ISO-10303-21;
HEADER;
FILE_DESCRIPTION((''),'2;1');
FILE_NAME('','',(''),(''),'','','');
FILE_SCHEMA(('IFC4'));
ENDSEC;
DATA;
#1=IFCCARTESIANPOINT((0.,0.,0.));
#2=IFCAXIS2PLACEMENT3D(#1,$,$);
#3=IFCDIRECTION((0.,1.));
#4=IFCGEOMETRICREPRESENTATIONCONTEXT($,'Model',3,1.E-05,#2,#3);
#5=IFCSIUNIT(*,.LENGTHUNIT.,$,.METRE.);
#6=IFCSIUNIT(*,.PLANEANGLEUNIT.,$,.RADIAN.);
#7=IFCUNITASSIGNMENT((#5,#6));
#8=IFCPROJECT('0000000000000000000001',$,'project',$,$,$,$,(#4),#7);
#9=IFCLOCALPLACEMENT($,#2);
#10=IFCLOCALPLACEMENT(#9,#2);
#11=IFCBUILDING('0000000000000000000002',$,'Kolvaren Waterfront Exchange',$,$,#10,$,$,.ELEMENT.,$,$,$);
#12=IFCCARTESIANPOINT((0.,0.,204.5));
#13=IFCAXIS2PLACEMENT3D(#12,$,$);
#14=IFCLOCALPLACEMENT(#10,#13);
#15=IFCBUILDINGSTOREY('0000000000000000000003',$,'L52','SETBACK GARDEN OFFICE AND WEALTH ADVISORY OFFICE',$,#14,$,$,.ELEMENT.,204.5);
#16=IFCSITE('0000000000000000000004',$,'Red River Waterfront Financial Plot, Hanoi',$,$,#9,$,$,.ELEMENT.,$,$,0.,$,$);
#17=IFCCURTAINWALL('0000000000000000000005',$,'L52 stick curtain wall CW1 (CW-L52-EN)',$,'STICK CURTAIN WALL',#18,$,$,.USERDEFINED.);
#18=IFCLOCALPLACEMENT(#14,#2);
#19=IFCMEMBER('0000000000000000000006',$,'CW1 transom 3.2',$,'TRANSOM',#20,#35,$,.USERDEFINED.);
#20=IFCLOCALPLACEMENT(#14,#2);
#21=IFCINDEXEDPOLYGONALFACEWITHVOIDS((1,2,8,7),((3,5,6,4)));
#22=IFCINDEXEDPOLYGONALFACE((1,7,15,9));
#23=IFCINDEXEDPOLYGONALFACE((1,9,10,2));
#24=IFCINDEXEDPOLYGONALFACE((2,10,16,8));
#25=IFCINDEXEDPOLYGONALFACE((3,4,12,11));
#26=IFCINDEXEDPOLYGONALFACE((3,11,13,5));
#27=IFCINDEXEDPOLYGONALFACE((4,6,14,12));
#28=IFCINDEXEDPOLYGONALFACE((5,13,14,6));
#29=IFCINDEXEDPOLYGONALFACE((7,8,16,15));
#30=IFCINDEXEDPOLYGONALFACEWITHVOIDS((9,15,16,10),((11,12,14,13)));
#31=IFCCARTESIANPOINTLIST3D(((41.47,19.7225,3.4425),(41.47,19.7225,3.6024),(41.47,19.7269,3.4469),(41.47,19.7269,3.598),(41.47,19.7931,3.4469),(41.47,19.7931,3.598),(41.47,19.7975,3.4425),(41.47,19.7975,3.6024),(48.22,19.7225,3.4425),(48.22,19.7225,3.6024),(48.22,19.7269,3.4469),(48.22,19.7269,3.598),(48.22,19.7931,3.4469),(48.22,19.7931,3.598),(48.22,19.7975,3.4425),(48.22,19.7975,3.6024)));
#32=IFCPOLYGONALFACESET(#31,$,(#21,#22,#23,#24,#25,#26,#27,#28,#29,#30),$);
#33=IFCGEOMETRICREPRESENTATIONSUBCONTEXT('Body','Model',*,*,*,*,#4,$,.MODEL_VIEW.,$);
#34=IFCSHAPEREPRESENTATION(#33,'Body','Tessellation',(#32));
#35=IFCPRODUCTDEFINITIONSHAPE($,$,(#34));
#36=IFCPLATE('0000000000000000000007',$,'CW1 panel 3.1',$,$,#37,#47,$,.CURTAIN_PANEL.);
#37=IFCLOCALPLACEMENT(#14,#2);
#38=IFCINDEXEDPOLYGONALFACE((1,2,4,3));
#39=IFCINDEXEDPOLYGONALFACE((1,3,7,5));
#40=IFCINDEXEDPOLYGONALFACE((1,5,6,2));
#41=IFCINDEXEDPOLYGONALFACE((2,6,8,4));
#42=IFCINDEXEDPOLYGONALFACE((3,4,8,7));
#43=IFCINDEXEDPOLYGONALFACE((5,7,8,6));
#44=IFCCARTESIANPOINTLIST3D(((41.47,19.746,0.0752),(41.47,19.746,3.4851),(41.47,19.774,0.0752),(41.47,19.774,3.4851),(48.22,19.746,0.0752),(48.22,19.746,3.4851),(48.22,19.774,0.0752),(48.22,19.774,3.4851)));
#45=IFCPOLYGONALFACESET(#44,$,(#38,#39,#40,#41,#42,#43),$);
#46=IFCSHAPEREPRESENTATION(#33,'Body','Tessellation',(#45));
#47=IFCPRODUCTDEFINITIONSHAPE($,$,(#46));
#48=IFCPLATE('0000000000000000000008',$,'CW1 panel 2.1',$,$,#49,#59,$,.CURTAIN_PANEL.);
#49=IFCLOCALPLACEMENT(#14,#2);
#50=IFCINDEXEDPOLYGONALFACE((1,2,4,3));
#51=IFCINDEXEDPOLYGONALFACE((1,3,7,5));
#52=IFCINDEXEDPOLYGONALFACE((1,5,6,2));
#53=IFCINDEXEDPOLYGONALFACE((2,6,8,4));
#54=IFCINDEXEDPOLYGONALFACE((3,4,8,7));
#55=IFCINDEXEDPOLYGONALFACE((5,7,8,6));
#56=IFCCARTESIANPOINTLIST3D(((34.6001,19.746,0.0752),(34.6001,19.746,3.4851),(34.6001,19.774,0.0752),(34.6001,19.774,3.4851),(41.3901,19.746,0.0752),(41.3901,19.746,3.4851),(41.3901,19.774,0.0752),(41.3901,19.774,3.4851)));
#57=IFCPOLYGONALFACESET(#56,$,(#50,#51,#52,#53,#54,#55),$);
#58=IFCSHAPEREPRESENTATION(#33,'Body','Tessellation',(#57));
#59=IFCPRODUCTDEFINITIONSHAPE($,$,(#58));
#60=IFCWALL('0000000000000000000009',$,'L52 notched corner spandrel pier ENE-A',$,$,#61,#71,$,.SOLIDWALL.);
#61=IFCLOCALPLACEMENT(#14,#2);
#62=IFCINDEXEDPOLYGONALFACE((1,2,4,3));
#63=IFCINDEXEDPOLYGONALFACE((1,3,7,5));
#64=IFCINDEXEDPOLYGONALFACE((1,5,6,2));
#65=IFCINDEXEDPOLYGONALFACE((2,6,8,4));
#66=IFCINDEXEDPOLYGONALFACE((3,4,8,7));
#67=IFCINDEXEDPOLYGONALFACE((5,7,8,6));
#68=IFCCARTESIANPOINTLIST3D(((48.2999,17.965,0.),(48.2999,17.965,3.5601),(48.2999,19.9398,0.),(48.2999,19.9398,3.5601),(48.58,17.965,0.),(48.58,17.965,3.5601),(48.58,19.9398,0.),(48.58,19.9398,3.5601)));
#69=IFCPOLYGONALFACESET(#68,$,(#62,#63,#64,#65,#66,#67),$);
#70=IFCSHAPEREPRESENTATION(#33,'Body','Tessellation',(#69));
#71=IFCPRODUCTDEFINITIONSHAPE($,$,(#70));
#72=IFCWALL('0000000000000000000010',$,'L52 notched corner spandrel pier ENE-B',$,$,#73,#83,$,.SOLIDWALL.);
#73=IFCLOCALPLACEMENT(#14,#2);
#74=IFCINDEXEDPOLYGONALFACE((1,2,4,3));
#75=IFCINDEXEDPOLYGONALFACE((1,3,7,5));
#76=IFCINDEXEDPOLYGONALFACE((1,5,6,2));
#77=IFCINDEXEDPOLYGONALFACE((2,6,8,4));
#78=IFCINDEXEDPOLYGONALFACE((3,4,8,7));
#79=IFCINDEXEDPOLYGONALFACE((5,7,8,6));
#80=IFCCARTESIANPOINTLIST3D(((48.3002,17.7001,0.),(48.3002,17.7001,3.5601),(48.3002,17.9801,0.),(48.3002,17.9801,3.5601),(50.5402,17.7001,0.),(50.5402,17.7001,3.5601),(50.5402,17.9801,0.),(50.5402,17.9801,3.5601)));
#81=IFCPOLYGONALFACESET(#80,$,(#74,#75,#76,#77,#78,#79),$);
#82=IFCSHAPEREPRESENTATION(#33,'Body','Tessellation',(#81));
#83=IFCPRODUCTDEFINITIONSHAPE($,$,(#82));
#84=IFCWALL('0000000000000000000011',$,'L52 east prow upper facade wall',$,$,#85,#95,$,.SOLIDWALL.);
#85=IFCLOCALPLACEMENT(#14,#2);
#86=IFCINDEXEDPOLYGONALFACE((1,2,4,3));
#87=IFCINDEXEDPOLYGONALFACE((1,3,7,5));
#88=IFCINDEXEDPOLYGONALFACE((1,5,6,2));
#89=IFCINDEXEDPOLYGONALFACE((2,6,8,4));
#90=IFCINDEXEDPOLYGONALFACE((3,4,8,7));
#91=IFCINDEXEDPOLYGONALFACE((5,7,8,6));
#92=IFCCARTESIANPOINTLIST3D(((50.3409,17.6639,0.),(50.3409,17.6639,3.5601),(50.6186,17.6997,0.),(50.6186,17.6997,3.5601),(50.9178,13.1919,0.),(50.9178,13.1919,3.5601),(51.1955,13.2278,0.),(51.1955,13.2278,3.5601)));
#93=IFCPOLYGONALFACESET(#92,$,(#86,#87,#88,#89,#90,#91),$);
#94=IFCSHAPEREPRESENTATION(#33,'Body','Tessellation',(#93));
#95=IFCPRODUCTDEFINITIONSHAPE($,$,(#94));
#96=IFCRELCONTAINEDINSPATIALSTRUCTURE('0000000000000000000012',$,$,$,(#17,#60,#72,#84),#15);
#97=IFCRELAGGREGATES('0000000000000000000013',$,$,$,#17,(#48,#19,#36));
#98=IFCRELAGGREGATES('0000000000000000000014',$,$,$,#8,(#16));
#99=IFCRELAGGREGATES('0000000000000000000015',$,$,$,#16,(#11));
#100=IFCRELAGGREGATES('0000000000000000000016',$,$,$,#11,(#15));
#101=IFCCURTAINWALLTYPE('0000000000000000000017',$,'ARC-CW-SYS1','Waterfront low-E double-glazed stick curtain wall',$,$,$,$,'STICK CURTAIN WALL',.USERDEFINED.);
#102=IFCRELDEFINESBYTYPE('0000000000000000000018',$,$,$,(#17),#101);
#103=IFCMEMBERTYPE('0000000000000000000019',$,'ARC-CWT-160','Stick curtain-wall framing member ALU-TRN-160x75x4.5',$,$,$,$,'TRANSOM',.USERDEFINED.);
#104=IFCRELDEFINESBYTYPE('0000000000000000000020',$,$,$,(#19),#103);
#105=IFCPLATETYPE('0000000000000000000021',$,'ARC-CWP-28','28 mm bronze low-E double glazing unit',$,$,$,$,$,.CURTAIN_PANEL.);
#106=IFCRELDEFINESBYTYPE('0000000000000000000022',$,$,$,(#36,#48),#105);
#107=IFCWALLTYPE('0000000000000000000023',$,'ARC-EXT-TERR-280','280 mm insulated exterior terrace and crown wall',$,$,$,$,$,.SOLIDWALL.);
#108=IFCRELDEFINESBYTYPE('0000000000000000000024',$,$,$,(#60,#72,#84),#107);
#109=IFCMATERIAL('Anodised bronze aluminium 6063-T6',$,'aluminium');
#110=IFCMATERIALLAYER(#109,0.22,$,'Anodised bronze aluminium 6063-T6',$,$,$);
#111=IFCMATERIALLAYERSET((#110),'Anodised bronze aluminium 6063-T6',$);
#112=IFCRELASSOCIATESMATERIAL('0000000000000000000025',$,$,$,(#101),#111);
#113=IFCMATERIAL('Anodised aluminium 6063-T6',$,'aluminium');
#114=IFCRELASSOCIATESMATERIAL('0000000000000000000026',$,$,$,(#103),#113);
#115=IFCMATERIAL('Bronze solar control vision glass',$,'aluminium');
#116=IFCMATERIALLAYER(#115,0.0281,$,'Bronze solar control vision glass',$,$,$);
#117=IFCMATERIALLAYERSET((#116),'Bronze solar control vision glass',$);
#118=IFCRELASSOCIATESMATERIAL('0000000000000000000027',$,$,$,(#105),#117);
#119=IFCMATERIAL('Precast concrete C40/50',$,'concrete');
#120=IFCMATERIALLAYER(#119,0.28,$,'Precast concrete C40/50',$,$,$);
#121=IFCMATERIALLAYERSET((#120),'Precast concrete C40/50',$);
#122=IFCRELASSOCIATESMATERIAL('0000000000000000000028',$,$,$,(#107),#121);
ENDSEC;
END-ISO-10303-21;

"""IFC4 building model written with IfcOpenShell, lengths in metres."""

from ifc_helpers import new_model, si_unit, direction, frame, frame_2d, origin, origin_with_axes, origin_2d, place, context, subcontext, project, spatial, rectangle, hollow_rectangle, extrude, source, transform, mapped, material, layer, layer_set, material_profile, profile_set, type_object, element, aggregate, save


model = new_model("IFC4")

# Units and contexts
model_context = context("Model", 3, precision=1e-05, world=origin(), true_north=direction((0.0, 1.0)))
body_context = subcontext(model_context, "Body", "Model", "MODEL_VIEW")
ifc_project = project(units=[si_unit("LENGTHUNIT", "METRE"), si_unit("PLANEANGLEUNIT", "RADIAN")], contexts=[model_context])

# Site, building, storey
site_placement = place(None, origin())
site = spatial("IfcSite", under=ifc_project, at=site_placement, Name="Red River Waterfront Financial Plot, Hanoi", CompositionType="ELEMENT", RefElevation=0.0)
building_placement = place(site_placement, origin())
building = spatial("IfcBuilding", under=site, at=building_placement, Name="Kolvaren Waterfront Exchange", CompositionType="ELEMENT")
storey_placement = place(building_placement, frame((0.0, 0.0, 204.5)))
storey = spatial("IfcBuildingStorey", under=building, at=storey_placement, Name="L52", Description="SETBACK GARDEN OFFICE AND WEALTH ADVISORY OFFICE", CompositionType="ELEMENT", Elevation=204.5)

# Curtain wall, member, plates
ifc_material_1 = material(Name="Anodised bronze aluminium 6063-T6", Category="aluminium")
ifc_layer_1 = layer(ifc_material_1, 0.22, Name="Anodised bronze aluminium 6063-T6")
ifc_layer_set_1 = layer_set([ifc_layer_1], Name="Anodised bronze aluminium 6063-T6")
curtain_wall_type = type_object("IfcCurtainWallType", Name="ARC-CW-SYS1", Description="Waterfront low-E double-glazed stick curtain wall", ElementType="STICK CURTAIN WALL", PredefinedType="USERDEFINED", material=ifc_layer_set_1)
curtain_wall_placement = place(storey_placement, origin())
curtain_wall = element("IfcCurtainWall", 1, at=curtain_wall_placement, inside=storey, type_object=curtain_wall_type, Name="L52 stick curtain wall CW1 (CW-L52-EN)", ObjectType="STICK CURTAIN WALL", PredefinedType="USERDEFINED")
ifc_material_2 = material(Name="Anodised aluminium 6063-T6", Category="aluminium")
ifc_material_profile_1 = material_profile(ifc_material_2, hollow_rectangle(XDim=0.075, YDim=0.1599, WallThickness=0.0044, at=origin_2d()), Name="ALU-TRN-160x75x4.5")
ifc_profile_set_1 = profile_set([ifc_material_profile_1], Name="Anodised aluminium 6063-T6")
member_type_1 = type_object("IfcMemberType", Name="ARC-CWT-160", Description="Stick curtain-wall framing member ALU-TRN-160x75x4.5", ElementType="TRANSOM", PredefinedType="USERDEFINED", material=ifc_profile_set_1)
shared_shape_1 = source(origin_with_axes(), body_context, "Body", "SweptSolid", [
    extrude(hollow_rectangle(XDim=0.075, YDim=0.1599, WallThickness=0.0044, at=origin_2d()), origin(), (0.0, 0.0, 1.0), 6.75),
])
member_1_placement = place(storey_placement, frame((41.47, 19.76, 3.5225), z_axis=(1.0, 0.0, 0.0), x_axis=(0.0, 1.0, 0.0)))
member_1 = element("IfcMember", 2, at=member_1_placement, type_object=member_type_1, Name="CW1 transom 3.2", ObjectType="TRANSOM", PredefinedType="USERDEFINED", context=body_context, shape_type="MappedRepresentation", body=[
    mapped(shared_shape_1, transform((0.0, 0.0, 0.0), x_axis=(1.0, 0.0, 0.0), y_axis=(0.0, 1.0, 0.0), z_axis=(0.0, 0.0, 1.0), scale=1.0)),
])
ifc_material_3 = material(Name="Bronze solar control vision glass", Category="aluminium")
ifc_layer_2 = layer(ifc_material_3, 0.0281, Name="Bronze solar control vision glass")
ifc_layer_set_2 = layer_set([ifc_layer_2], Name="Bronze solar control vision glass")
plate_type = type_object("IfcPlateType", Name="ARC-CWP-28", Description="28 mm bronze low-E double glazing unit", PredefinedType="CURTAIN_PANEL", material=ifc_layer_set_2)
shared_shape_2 = source(origin_with_axes(), body_context, "Body", "SweptSolid", [
    extrude(rectangle(XDim=6.75, YDim=0.0281, at=origin_2d()), origin(), (0.0, 0.0, 1.0), 3.4099),
])
plate_1_placement = place(storey_placement, frame((44.845, 19.76, 0.0752), z_axis=(0.0, 0.0, 1.0), x_axis=(1.0, 0.0, 0.0)))
plate_1 = element("IfcPlate", 3, at=plate_1_placement, type_object=plate_type, Name="CW1 panel 3.1", PredefinedType="CURTAIN_PANEL", context=body_context, shape_type="MappedRepresentation", body=[
    mapped(shared_shape_2, transform((0.0, 0.0, 0.0), x_axis=(1.0, 0.0, 0.0), y_axis=(0.0, 1.0, 0.0), z_axis=(0.0, 0.0, 1.0), scale=1.0)),
])
shared_shape_3 = source(origin_with_axes(), body_context, "Body", "SweptSolid", [
    extrude(rectangle(XDim=6.79, YDim=0.0281, at=origin_2d()), origin(), (0.0, 0.0, 1.0), 3.4099),
])
plate_2_placement = place(storey_placement, frame((37.9951, 19.76, 0.0752), z_axis=(0.0, 0.0, 1.0), x_axis=(1.0, 0.0, 0.0)))
plate_2 = element("IfcPlate", 4, at=plate_2_placement, type_object=plate_type, Name="CW1 panel 2.1", PredefinedType="CURTAIN_PANEL", context=body_context, shape_type="MappedRepresentation", body=[
    mapped(shared_shape_3, transform((0.0, 0.0, 0.0), x_axis=(1.0, 0.0, 0.0), y_axis=(0.0, 1.0, 0.0), z_axis=(0.0, 0.0, 1.0), scale=1.0)),
])
aggregate(curtain_wall, [plate_2, member_1, plate_1])

# Walls
ifc_material_4 = material(Name="Precast concrete C40/50", Category="concrete")
ifc_layer_3 = layer(ifc_material_4, 0.28, Name="Precast concrete C40/50")
ifc_layer_set_3 = layer_set([ifc_layer_3], Name="Precast concrete C40/50")
wall_type = type_object("IfcWallType", Name="ARC-EXT-TERR-280", Description="280 mm insulated exterior terrace and crown wall", PredefinedType="SOLIDWALL", material=ifc_layer_set_3)
wall_1_placement = place(storey_placement, frame((48.4399, 17.9651, 0.0), z_axis=(0.0, 0.0, 1.0), x_axis=(0.0, 1.0, 0.0)))
element("IfcWall", 5, at=wall_1_placement, inside=storey, type_object=wall_type, Name="L52 notched corner spandrel pier ENE-A", PredefinedType="SOLIDWALL", context=body_context, shape_type="SweptSolid", body=[
    extrude(rectangle(XDim=1.9749, YDim=0.28, at=frame_2d((0.9873, 0.0))), origin(), (0.0, 0.0, 1.0), 3.5601),
])
wall_2_placement = place(storey_placement, frame((48.3, 17.8401, 0.0), z_axis=(0.0, 0.0, 1.0), x_axis=(1.0, 0.0, 0.0)))
element("IfcWall", 6, at=wall_2_placement, inside=storey, type_object=wall_type, Name="L52 notched corner spandrel pier ENE-B", PredefinedType="SOLIDWALL", context=body_context, shape_type="SweptSolid", body=[
    extrude(rectangle(XDim=2.24, YDim=0.28, at=frame_2d((1.1201, 0.0))), origin(), (0.0, 0.0, 1.0), 3.5601),
])
wall_3_placement = place(storey_placement, frame((51.0566, 13.21, 0.0), z_axis=(0.0, 0.0, 1.0), x_axis=(-0.127946, 0.991781, 0.0)))
element("IfcWall", 7, at=wall_3_placement, inside=storey, type_object=wall_type, Name="L52 east prow upper facade wall", PredefinedType="SOLIDWALL", context=body_context, shape_type="SweptSolid", body=[
    extrude(rectangle(XDim=4.509, YDim=0.28, at=frame_2d((2.2544, 0.0))), origin(), (0.0, 0.0, 1.0), 3.5601),
])

save(model, "model.ifc")
